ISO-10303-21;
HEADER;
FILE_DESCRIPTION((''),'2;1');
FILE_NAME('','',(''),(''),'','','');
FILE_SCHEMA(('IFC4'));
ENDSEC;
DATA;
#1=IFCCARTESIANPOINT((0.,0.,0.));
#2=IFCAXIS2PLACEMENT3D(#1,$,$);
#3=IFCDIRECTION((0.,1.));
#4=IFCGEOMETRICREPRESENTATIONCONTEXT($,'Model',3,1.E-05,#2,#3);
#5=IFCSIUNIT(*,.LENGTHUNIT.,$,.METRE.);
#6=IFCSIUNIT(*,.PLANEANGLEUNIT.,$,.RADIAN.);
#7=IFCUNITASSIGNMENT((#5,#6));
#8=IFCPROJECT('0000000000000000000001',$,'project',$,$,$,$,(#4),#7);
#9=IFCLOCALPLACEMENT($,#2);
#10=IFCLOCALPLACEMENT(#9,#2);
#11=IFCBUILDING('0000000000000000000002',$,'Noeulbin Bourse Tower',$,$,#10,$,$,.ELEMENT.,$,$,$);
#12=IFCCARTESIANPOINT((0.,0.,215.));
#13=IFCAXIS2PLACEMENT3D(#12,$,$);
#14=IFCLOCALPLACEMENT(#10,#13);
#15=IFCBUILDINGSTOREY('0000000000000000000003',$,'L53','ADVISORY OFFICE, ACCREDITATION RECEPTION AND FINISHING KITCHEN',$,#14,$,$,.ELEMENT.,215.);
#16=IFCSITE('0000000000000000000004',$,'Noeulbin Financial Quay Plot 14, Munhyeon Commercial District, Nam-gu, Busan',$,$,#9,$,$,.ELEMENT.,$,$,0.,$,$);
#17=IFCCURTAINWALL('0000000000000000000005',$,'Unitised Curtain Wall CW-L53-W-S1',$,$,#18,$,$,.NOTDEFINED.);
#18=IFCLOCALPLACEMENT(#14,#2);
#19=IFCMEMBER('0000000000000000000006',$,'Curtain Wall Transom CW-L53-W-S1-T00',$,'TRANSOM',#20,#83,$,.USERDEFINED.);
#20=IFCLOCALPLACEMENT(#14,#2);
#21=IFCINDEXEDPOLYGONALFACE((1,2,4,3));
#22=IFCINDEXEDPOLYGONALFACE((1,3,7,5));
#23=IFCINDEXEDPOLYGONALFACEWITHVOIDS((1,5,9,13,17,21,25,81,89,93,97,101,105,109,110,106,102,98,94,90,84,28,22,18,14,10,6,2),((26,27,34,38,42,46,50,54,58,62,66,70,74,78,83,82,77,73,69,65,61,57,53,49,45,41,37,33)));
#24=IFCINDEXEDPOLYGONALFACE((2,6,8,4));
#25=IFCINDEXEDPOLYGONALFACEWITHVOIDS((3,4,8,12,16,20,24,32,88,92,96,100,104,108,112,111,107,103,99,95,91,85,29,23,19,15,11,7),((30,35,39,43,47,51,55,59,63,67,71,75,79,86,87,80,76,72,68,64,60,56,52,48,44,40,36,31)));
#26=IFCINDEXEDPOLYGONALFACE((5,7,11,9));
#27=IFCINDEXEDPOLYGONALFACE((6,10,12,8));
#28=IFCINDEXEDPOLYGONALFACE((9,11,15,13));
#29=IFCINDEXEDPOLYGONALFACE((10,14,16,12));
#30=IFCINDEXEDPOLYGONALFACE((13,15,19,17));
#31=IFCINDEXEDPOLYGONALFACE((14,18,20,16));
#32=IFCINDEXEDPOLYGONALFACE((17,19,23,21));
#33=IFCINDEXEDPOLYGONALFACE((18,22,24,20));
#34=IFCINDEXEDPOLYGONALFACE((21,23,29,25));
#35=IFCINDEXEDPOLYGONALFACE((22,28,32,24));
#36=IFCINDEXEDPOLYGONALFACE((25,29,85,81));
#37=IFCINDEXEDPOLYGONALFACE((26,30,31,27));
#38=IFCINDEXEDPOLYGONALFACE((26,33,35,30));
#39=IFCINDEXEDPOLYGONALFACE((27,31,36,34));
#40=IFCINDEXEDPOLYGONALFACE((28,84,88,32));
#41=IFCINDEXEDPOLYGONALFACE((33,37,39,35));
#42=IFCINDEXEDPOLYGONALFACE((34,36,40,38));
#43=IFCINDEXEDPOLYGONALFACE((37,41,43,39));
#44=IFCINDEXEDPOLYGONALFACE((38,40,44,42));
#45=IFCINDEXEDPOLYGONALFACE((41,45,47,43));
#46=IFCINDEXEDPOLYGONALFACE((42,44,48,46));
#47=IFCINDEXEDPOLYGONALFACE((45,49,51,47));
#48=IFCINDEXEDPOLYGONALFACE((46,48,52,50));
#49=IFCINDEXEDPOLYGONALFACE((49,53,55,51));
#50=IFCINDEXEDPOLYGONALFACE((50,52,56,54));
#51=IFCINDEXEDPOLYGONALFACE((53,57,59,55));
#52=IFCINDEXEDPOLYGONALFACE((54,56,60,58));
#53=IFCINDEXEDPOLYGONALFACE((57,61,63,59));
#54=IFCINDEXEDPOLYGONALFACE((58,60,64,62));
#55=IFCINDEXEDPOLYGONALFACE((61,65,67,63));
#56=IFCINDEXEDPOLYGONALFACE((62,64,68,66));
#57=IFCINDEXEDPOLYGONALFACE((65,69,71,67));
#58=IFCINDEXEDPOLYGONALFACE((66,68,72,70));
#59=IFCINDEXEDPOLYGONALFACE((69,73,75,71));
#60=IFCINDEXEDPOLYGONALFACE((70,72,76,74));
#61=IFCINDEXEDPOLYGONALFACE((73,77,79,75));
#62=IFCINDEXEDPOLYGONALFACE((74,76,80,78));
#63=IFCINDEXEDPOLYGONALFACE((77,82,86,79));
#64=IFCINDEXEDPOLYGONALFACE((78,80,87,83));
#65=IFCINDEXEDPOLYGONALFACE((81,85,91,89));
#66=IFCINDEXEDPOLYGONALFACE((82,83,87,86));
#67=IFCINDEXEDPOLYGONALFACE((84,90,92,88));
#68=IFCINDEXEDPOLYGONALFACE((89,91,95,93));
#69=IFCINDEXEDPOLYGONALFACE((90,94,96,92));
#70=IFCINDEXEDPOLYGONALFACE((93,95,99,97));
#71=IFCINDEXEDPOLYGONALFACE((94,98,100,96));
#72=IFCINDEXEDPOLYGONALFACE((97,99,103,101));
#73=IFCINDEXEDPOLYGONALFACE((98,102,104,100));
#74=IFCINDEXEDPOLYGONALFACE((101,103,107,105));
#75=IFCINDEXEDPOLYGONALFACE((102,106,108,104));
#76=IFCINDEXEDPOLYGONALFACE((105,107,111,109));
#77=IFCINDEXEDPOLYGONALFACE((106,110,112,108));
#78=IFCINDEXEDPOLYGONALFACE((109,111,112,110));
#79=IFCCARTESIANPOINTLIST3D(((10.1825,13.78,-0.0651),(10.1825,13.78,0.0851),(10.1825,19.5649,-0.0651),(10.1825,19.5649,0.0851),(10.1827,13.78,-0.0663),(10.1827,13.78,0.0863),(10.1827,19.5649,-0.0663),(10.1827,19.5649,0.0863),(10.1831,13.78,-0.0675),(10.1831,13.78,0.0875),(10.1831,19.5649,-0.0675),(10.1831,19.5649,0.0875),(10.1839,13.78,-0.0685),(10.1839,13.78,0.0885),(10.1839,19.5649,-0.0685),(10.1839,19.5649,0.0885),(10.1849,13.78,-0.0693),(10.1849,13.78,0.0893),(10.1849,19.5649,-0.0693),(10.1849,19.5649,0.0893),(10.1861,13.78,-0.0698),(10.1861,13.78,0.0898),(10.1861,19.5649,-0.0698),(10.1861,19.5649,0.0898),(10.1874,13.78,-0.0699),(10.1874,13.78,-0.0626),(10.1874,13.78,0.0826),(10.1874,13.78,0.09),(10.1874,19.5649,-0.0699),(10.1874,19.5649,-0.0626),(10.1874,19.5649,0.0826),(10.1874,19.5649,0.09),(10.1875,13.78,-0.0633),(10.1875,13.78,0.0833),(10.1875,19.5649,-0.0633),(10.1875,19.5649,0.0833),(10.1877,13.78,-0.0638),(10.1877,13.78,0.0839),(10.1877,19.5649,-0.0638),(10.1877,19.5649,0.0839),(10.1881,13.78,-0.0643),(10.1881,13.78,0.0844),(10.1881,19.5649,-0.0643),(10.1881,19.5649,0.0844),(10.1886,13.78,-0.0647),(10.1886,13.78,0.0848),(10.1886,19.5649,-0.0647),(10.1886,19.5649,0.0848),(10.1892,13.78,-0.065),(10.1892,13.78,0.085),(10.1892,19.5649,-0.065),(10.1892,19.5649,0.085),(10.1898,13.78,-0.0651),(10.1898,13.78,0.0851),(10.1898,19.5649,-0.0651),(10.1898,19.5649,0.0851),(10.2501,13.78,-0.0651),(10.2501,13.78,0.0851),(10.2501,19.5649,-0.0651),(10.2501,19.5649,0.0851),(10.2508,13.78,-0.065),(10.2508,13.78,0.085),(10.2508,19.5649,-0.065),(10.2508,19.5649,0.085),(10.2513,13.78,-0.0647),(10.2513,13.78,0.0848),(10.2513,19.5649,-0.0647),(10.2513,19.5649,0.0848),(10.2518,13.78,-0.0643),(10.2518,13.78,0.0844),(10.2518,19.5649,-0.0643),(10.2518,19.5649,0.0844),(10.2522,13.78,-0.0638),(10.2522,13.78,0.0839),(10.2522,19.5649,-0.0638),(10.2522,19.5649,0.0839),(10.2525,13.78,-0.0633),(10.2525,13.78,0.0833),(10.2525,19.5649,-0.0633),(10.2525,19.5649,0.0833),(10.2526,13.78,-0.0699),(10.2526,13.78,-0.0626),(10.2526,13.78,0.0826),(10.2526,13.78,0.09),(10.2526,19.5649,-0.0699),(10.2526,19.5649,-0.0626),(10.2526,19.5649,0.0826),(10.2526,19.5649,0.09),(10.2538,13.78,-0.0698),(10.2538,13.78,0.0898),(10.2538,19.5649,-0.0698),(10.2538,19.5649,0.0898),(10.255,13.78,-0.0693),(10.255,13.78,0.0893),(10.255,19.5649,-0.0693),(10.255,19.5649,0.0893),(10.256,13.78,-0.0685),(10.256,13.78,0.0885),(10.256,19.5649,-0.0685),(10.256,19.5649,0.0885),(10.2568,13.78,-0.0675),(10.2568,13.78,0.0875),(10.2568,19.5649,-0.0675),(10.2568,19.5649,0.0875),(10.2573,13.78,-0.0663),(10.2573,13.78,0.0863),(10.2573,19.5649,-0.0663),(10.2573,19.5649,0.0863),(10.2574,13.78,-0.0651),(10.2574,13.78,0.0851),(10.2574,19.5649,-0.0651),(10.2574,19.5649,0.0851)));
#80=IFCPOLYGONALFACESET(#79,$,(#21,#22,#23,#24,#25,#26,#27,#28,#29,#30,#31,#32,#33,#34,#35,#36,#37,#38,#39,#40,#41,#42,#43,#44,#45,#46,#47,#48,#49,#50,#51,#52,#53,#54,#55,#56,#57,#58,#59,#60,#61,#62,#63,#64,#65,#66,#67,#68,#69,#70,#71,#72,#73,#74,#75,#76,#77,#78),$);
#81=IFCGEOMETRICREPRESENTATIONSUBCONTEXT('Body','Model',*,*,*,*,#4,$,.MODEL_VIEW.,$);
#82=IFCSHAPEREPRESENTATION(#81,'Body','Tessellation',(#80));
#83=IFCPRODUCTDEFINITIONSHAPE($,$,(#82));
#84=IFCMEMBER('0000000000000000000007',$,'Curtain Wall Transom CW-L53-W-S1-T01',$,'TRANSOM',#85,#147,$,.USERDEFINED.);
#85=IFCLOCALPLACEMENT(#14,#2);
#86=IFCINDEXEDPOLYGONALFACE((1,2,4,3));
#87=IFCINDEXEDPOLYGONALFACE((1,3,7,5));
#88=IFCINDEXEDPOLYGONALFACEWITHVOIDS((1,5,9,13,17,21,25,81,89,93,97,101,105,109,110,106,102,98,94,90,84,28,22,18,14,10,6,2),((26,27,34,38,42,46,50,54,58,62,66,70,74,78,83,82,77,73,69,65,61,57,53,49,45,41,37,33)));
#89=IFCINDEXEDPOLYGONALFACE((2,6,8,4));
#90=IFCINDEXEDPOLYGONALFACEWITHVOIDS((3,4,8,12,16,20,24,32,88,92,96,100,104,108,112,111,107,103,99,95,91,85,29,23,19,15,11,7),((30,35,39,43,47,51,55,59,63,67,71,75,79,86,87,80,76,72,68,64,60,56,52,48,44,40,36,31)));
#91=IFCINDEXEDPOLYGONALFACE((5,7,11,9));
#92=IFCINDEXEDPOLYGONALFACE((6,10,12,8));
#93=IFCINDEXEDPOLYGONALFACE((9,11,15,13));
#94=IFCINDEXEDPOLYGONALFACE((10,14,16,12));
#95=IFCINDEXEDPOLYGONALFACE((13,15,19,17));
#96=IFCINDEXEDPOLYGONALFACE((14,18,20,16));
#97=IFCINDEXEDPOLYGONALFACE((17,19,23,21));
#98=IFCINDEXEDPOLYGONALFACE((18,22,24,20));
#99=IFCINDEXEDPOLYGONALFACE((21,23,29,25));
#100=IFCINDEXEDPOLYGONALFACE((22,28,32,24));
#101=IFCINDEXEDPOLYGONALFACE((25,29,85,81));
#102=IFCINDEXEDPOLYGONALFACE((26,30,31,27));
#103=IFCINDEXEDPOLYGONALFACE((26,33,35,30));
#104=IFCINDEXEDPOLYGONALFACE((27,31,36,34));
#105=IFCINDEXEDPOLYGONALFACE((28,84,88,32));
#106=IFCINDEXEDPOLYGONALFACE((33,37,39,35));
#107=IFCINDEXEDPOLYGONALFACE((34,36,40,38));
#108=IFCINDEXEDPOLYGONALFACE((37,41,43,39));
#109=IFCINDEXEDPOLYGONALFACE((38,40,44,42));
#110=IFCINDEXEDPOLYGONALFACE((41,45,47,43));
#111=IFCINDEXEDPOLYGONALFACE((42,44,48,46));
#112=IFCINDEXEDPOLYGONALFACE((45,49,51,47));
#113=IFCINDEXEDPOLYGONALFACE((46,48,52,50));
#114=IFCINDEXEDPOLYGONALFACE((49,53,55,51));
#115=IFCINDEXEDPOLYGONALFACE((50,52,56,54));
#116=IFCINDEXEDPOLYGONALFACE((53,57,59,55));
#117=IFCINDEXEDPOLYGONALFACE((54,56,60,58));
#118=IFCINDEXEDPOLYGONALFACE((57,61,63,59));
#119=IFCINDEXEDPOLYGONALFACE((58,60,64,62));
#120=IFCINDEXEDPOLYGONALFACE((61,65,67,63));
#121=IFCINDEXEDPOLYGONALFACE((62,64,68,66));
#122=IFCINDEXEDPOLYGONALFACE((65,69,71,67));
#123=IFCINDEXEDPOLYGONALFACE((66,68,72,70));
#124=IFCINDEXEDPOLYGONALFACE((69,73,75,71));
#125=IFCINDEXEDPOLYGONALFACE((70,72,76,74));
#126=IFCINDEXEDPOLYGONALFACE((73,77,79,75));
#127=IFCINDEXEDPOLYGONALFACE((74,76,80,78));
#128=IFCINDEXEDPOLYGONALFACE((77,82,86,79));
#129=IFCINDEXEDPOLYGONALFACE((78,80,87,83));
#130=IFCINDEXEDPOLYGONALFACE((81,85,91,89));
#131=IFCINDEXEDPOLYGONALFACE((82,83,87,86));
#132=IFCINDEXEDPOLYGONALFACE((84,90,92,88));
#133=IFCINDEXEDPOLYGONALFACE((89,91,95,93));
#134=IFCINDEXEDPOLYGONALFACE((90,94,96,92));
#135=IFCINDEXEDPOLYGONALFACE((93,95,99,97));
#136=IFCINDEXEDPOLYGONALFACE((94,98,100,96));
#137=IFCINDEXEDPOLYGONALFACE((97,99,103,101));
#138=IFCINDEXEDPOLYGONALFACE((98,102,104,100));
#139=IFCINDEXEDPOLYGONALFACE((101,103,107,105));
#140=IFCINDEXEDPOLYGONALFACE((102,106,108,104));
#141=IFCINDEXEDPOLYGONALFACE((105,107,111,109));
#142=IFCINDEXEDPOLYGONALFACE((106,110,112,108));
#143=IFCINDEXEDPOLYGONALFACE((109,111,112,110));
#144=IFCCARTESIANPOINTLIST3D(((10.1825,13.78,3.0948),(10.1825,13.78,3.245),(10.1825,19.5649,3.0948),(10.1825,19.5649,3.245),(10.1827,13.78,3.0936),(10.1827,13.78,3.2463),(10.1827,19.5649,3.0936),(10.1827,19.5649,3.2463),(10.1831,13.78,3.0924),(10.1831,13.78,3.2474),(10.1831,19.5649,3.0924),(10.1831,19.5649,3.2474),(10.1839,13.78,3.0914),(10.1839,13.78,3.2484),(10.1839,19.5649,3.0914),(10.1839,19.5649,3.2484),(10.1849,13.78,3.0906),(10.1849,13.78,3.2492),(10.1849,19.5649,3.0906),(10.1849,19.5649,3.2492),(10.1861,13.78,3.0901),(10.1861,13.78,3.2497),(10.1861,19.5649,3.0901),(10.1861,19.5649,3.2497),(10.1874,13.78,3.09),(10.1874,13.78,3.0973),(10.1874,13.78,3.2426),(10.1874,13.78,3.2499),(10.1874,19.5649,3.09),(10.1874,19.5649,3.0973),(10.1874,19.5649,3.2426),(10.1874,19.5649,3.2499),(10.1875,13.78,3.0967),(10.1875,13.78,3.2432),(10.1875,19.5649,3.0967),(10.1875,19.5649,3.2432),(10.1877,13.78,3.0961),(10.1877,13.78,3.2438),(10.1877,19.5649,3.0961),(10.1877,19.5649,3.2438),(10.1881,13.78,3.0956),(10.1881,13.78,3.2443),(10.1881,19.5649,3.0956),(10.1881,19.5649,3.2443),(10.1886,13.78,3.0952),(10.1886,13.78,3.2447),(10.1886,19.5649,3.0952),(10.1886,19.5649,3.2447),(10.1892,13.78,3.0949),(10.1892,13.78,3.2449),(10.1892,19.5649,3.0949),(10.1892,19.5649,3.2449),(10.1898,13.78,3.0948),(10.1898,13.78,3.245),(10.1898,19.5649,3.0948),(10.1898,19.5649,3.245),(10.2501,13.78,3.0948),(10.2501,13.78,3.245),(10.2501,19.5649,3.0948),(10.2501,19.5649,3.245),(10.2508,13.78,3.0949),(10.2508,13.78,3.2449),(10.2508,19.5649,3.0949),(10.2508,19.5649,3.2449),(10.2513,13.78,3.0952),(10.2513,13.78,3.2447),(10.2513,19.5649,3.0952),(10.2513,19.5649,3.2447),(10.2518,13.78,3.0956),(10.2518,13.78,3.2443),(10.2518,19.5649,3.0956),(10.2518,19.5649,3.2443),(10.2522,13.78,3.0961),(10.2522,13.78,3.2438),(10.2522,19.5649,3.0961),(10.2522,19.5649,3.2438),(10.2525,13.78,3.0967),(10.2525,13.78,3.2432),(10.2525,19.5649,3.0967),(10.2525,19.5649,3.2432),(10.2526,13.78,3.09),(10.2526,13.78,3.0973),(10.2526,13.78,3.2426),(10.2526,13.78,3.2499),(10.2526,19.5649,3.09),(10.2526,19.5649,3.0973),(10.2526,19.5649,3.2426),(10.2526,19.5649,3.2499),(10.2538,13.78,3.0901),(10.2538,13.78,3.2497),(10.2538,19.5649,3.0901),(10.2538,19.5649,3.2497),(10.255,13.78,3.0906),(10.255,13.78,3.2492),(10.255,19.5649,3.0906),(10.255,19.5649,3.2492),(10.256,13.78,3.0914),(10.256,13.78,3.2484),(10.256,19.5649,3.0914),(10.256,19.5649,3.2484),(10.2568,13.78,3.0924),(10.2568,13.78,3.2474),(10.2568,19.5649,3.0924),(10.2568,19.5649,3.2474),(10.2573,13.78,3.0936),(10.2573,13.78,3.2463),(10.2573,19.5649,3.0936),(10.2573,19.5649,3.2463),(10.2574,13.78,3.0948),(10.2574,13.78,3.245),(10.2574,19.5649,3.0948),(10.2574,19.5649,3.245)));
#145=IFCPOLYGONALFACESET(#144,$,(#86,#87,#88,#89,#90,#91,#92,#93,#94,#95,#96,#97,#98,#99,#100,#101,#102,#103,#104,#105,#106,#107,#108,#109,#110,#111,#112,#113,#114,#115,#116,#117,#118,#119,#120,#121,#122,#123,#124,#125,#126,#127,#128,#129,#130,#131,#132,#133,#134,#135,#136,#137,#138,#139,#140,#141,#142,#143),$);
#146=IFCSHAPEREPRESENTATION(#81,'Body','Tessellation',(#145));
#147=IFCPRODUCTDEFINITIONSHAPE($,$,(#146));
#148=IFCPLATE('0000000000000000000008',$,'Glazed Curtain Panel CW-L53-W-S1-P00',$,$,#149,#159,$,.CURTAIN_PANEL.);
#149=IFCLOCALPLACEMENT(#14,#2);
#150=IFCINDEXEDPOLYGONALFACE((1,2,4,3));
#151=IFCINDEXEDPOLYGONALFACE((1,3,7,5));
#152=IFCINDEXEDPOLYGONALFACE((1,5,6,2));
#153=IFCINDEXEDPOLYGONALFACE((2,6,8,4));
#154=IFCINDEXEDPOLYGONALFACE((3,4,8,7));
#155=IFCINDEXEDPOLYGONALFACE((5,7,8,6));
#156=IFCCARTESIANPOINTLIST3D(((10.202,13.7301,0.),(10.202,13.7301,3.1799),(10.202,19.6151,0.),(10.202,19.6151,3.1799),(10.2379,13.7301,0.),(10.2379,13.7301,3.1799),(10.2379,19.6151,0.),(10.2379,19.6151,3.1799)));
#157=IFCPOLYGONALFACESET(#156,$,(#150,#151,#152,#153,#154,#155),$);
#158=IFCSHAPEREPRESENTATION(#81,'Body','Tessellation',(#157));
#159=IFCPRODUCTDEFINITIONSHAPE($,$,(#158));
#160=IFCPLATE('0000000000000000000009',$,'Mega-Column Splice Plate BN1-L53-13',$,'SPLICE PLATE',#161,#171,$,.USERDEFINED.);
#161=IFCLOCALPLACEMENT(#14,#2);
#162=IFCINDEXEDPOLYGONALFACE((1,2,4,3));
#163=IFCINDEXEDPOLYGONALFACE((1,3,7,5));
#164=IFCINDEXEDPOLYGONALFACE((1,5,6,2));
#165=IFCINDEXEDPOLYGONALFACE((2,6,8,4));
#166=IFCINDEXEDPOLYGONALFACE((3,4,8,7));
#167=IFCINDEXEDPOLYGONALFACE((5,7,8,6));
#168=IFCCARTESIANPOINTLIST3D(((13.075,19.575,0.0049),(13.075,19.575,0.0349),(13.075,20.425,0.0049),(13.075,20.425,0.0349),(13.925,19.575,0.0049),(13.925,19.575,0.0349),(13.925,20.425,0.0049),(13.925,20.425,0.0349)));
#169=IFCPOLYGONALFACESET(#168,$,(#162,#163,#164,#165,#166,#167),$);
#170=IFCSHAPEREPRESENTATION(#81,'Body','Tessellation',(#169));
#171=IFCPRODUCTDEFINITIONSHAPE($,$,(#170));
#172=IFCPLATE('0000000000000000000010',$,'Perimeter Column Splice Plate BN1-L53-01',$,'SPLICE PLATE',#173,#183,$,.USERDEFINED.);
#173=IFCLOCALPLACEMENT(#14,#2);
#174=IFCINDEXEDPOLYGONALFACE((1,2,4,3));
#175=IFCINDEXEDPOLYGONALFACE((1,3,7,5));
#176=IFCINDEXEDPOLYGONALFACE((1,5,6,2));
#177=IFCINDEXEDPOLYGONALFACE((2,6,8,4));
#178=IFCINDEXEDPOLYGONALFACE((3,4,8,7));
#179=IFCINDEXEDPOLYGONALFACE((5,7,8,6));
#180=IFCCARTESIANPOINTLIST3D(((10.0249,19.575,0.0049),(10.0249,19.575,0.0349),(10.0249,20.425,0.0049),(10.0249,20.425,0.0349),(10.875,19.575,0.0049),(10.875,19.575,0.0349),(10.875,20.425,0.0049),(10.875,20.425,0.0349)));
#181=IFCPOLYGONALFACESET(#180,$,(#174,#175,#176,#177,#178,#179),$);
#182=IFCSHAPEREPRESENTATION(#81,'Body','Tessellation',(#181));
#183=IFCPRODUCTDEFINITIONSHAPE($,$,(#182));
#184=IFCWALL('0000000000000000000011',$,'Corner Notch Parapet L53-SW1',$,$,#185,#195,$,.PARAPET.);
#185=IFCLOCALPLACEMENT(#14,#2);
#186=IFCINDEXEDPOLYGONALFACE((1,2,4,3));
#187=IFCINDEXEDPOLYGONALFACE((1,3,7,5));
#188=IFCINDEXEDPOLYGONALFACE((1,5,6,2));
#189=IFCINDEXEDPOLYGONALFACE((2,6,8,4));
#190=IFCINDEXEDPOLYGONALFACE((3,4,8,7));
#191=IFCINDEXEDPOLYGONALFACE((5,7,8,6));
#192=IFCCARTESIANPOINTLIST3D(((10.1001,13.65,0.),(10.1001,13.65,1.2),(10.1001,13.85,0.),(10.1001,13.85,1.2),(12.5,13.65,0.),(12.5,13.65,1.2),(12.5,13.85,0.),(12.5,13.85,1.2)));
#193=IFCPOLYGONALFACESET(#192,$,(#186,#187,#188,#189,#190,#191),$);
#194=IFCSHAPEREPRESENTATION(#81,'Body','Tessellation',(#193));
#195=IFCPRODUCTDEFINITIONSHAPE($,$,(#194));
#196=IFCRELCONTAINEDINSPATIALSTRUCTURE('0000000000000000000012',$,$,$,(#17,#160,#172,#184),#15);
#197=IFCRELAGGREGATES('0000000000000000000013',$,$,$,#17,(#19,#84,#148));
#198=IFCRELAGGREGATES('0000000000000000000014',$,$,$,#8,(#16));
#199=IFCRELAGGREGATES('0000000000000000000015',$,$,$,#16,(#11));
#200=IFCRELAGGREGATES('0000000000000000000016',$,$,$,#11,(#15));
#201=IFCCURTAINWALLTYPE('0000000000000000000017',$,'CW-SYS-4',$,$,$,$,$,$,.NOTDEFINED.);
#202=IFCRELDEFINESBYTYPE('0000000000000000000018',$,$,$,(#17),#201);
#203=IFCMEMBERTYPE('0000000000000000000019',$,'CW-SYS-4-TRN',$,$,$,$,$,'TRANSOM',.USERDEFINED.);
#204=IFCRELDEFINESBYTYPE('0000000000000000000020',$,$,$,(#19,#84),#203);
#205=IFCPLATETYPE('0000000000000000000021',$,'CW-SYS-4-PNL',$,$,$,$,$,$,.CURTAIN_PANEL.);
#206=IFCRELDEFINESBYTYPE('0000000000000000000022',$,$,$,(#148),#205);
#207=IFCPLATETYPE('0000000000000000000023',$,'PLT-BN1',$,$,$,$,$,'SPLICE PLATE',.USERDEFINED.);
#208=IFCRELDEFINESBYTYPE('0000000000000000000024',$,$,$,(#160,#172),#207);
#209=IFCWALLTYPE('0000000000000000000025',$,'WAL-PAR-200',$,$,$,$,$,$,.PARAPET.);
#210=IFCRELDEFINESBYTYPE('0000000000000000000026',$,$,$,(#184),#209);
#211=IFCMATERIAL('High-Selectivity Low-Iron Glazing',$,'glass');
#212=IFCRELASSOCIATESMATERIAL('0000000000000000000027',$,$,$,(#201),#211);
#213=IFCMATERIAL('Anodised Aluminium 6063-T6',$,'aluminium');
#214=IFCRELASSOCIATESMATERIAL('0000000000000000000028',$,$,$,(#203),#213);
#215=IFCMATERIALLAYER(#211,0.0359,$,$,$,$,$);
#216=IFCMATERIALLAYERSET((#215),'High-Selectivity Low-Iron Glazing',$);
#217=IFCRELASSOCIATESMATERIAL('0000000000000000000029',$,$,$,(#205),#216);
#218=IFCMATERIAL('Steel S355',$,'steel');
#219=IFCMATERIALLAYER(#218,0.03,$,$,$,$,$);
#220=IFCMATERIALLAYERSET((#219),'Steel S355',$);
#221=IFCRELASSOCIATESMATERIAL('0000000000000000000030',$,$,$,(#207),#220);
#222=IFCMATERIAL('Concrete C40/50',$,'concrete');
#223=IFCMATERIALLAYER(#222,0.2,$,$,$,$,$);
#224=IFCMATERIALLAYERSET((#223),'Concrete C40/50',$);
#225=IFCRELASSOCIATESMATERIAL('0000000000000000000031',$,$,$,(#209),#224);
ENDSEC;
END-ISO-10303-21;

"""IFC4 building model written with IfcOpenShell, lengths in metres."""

from ifc_helpers import new_model, si_unit, direction, frame, frame_2d, origin, origin_2d, place, context, subcontext, project, spatial, rectangle, hollow_rectangle, extrude, material, layer, layer_set, material_profile, profile_set, type_object, element, aggregate, save


model = new_model("IFC4")

# Units and contexts
model_context = context("Model", 3, precision=1e-05, world=origin(), true_north=direction((0.0, 1.0)))
body_context = subcontext(model_context, "Body", "Model", "MODEL_VIEW")
ifc_project = project(units=[si_unit("LENGTHUNIT", "METRE"), si_unit("PLANEANGLEUNIT", "RADIAN")], contexts=[model_context])

# Site, building, storey
site_placement = place(None, origin())
site = spatial("IfcSite", under=ifc_project, at=site_placement, Name="Noeulbin Financial Quay Plot 14, Munhyeon Commercial District, Nam-gu, Busan", CompositionType="ELEMENT", RefElevation=0.0)
building_placement = place(site_placement, origin())
building = spatial("IfcBuilding", under=site, at=building_placement, Name="Noeulbin Bourse Tower", CompositionType="ELEMENT")
storey_placement = place(building_placement, frame((0.0, 0.0, 215.0)))
storey = spatial("IfcBuildingStorey", under=building, at=storey_placement, Name="L53", Description="ADVISORY OFFICE, ACCREDITATION RECEPTION AND FINISHING KITCHEN", CompositionType="ELEMENT", Elevation=215.0)

# Shared definitions
ifc_material_1 = material(Name="Steel S355", Category="steel")

# Curtain wall, members, plate
ifc_material_2 = material(Name="High-Selectivity Low-Iron Glazing", Category="glass")
curtain_wall_type = type_object("IfcCurtainWallType", Name="CW-SYS-4", PredefinedType="NOTDEFINED", material=ifc_material_2)
curtain_wall_placement = place(storey_placement, origin())
curtain_wall = element("IfcCurtainWall", 1, at=curtain_wall_placement, inside=storey, type_object=curtain_wall_type, Name="Unitised Curtain Wall CW-L53-W-S1", PredefinedType="NOTDEFINED")
ifc_material_3 = material(Name="Anodised Aluminium 6063-T6", Category="aluminium")
ifc_material_profile_1 = material_profile(ifc_material_3, hollow_rectangle(XDim=0.075, YDim=0.1599, WallThickness=0.0049, InnerFilletRadius=0.0024, OuterFilletRadius=0.0049, at=origin_2d()), Name="ALU-TRAN-75x160x5", Category="LoadBearing")
ifc_profile_set_1 = profile_set([ifc_material_profile_1], Name="Anodised Aluminium 6063-T6")
member_type_1 = type_object("IfcMemberType", Name="CW-SYS-4-TRN", ElementType="TRANSOM", PredefinedType="USERDEFINED", material=ifc_profile_set_1)
member_1_placement = place(storey_placement, frame((10.22, 13.78, 0.01), z_axis=(0.0, 1.0, 0.0), x_axis=(-1.0, 0.0, 0.0)))
member_1 = element("IfcMember", 2, at=member_1_placement, type_object=member_type_1, Name="Curtain Wall Transom CW-L53-W-S1-T00", ObjectType="TRANSOM", PredefinedType="USERDEFINED", context=body_context, shape_type="SweptSolid", body=[
    extrude(hollow_rectangle(XDim=0.075, YDim=0.1599, WallThickness=0.0049, InnerFilletRadius=0.0024, OuterFilletRadius=0.0049, at=origin_2d()), origin(), (0.0, 0.0, 1.0), 5.7849),
])
member_2_placement = place(storey_placement, frame((10.22, 13.78, 3.1699), z_axis=(0.0, 1.0, 0.0), x_axis=(-1.0, 0.0, 0.0)))
member_2 = element("IfcMember", 3, at=member_2_placement, type_object=member_type_1, Name="Curtain Wall Transom CW-L53-W-S1-T01", ObjectType="TRANSOM", PredefinedType="USERDEFINED", context=body_context, shape_type="SweptSolid", body=[
    extrude(hollow_rectangle(XDim=0.075, YDim=0.1599, WallThickness=0.0049, InnerFilletRadius=0.0024, OuterFilletRadius=0.0049, at=origin_2d()), origin(), (0.0, 0.0, 1.0), 5.7849),
])
ifc_layer_1 = layer(ifc_material_2, 0.0359)
ifc_layer_set_1 = layer_set([ifc_layer_1], Name="High-Selectivity Low-Iron Glazing")
plate_type_1 = type_object("IfcPlateType", Name="CW-SYS-4-PNL", PredefinedType="CURTAIN_PANEL", material=ifc_layer_set_1)
plate_placement = place(storey_placement, frame((10.22, 16.6726, 0.0), z_axis=(0.0, 0.0, 1.0), x_axis=(0.0, 1.0, 0.0)))
plate = element("IfcPlate", 4, at=plate_placement, type_object=plate_type_1, Name="Glazed Curtain Panel CW-L53-W-S1-P00", PredefinedType="CURTAIN_PANEL", context=body_context, shape_type="SweptSolid", body=[
    extrude(rectangle(XDim=5.885, YDim=0.0359, at=origin_2d()), origin(), (0.0, 0.0, 1.0), 3.1799),
])
aggregate(curtain_wall, [member_1, member_2, plate])

# Plates
ifc_layer_2 = layer(ifc_material_1, 0.03)
ifc_layer_set_2 = layer_set([ifc_layer_2], Name="Steel S355")
plate_type_2 = type_object("IfcPlateType", Name="PLT-BN1", ElementType="SPLICE PLATE", PredefinedType="USERDEFINED", material=ifc_layer_set_2)
for number, where, z_axis, x_axis, name in (
    (5, (13.5, 20.0, 0.0049), (0.0, 0.0, 1.0), (1.0, 0.0, 0.0), "Mega-Column Splice Plate BN1-L53-13"),
    (6, (10.45, 20.0, 0.0049), (0.0, 0.0, 1.0), (1.0, 0.0, 0.0), "Perimeter Column Splice Plate BN1-L53-01"),
):
    element("IfcPlate", number, at=place(storey_placement, frame(where, z_axis=z_axis, x_axis=x_axis)), inside=storey, type_object=plate_type_2, Name=name, ObjectType="SPLICE PLATE", PredefinedType="USERDEFINED", context=body_context, shape_type="SweptSolid", body=[
        extrude(rectangle(XDim=0.8501, YDim=0.8501, at=origin_2d()), origin(), (0.0, 0.0, 1.0), 0.03),
    ])

# Wall
ifc_material_4 = material(Name="Concrete C40/50", Category="concrete")
ifc_layer_3 = layer(ifc_material_4, 0.2)
ifc_layer_set_3 = layer_set([ifc_layer_3], Name="Concrete C40/50")
wall_type_1 = type_object("IfcWallType", Name="WAL-PAR-200", PredefinedType="PARAPET", material=ifc_layer_set_3)
for number, where, z_axis, x_axis, name in (
    (7, (10.1001, 13.75, 0.0), (0.0, 0.0, 1.0), (1.0, 0.0, 0.0), "Corner Notch Parapet L53-SW1"),
):
    element("IfcWall", number, at=place(storey_placement, frame(where, z_axis=z_axis, x_axis=x_axis)), inside=storey, type_object=wall_type_1, Name=name, PredefinedType="PARAPET", context=body_context, shape_type="SweptSolid", body=[
        extrude(rectangle(XDim=2.3999, YDim=0.2, at=frame_2d((1.2, 0.0))), origin(), (0.0, 0.0, 1.0), 1.2),
    ])

save(model, "model.ifc")
